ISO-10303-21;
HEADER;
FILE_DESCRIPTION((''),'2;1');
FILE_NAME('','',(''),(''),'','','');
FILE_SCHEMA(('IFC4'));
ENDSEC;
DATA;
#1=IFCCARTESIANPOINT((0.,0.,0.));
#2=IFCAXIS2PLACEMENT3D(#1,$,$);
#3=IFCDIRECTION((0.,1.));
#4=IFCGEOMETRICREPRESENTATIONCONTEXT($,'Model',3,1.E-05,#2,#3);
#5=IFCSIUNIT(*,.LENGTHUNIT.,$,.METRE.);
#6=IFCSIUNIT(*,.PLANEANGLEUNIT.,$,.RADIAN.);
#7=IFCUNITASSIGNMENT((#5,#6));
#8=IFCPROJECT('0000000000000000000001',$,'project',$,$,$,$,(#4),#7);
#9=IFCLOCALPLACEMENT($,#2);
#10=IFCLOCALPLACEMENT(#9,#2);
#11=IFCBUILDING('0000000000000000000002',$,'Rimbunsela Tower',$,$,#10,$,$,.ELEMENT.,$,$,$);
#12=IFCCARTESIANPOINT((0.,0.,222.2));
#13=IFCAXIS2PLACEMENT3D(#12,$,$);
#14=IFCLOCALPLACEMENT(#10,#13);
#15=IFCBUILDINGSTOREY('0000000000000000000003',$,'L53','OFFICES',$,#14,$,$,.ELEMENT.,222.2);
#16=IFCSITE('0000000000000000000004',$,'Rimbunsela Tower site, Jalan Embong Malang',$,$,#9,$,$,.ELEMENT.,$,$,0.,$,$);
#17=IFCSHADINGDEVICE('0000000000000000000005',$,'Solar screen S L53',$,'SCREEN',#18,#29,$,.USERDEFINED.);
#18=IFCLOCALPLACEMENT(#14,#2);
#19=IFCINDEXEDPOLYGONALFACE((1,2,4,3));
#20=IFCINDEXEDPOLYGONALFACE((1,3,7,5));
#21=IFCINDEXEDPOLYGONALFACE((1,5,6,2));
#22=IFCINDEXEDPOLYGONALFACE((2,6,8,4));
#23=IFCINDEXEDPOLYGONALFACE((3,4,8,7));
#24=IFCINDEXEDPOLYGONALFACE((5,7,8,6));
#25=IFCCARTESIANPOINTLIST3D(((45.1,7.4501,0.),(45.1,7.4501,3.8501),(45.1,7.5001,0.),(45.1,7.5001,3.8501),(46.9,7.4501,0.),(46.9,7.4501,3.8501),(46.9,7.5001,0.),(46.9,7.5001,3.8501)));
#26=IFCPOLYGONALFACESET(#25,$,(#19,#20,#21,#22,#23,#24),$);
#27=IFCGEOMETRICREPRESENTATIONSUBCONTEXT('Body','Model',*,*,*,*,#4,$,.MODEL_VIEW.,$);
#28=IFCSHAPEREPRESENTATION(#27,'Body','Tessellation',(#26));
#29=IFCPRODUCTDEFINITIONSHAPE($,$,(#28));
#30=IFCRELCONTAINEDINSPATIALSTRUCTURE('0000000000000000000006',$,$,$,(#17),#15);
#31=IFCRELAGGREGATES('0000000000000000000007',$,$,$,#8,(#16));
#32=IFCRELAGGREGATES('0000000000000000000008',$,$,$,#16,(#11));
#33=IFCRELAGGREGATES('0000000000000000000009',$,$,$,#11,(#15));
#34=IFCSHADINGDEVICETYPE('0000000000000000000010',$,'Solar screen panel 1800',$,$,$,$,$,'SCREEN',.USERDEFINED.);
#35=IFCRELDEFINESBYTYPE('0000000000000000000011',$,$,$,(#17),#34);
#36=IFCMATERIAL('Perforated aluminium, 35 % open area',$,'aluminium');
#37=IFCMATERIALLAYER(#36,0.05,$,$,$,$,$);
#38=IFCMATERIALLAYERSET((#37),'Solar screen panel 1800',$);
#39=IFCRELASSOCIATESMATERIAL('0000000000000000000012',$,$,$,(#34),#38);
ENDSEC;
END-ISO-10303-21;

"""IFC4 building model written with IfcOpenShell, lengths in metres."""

from ifc_helpers import new_model, si_unit, direction, frame, origin, origin_2d, place, context, subcontext, project, spatial, rectangle, extrude, material, layer, layer_set, type_object, element, save


model = new_model("IFC4")

# Units and contexts
model_context = context("Model", 3, precision=1e-05, world=origin(), true_north=direction((0.0, 1.0)))
body_context = subcontext(model_context, "Body", "Model", "MODEL_VIEW")
ifc_project = project(units=[si_unit("LENGTHUNIT", "METRE"), si_unit("PLANEANGLEUNIT", "RADIAN")], contexts=[model_context])

# Site, building, storey
site_placement = place(None, origin())
site = spatial("IfcSite", under=ifc_project, at=site_placement, Name="Rimbunsela Tower site, Jalan Embong Malang", CompositionType="ELEMENT", RefElevation=0.0)
building_placement = place(site_placement, origin())
building = spatial("IfcBuilding", under=site, at=building_placement, Name="Rimbunsela Tower", CompositionType="ELEMENT")
storey_placement = place(building_placement, frame((0.0, 0.0, 222.2)))
storey = spatial("IfcBuildingStorey", under=building, at=storey_placement, Name="L53", Description="OFFICES", CompositionType="ELEMENT", Elevation=222.2)

# Shading device
ifc_material_1 = material(Name="Perforated aluminium, 35 % open area", Category="aluminium")
ifc_layer_1 = layer(ifc_material_1, 0.05)
ifc_layer_set_1 = layer_set([ifc_layer_1], Name="Solar screen panel 1800")
shading_device_type = type_object("IfcShadingDeviceType", Name="Solar screen panel 1800", ElementType="SCREEN", PredefinedType="USERDEFINED", material=ifc_layer_set_1)
for number, where, z_axis, x_axis, name in (
    (1, (46.0, 7.4751, 0.0), (0.0, 0.0, 1.0), (1.0, 0.0, 0.0), "Solar screen S L53"),
):
    element("IfcShadingDevice", number, at=place(storey_placement, frame(where, z_axis=z_axis, x_axis=x_axis)), inside=storey, type_object=shading_device_type, Name=name, ObjectType="SCREEN", PredefinedType="USERDEFINED", context=body_context, shape_type="SweptSolid", body=[
        extrude(rectangle(XDim=1.8, YDim=0.05, at=origin_2d()), origin(), (0.0, 0.0, 1.0), 3.8501),
    ])

save(model, "model.ifc")
